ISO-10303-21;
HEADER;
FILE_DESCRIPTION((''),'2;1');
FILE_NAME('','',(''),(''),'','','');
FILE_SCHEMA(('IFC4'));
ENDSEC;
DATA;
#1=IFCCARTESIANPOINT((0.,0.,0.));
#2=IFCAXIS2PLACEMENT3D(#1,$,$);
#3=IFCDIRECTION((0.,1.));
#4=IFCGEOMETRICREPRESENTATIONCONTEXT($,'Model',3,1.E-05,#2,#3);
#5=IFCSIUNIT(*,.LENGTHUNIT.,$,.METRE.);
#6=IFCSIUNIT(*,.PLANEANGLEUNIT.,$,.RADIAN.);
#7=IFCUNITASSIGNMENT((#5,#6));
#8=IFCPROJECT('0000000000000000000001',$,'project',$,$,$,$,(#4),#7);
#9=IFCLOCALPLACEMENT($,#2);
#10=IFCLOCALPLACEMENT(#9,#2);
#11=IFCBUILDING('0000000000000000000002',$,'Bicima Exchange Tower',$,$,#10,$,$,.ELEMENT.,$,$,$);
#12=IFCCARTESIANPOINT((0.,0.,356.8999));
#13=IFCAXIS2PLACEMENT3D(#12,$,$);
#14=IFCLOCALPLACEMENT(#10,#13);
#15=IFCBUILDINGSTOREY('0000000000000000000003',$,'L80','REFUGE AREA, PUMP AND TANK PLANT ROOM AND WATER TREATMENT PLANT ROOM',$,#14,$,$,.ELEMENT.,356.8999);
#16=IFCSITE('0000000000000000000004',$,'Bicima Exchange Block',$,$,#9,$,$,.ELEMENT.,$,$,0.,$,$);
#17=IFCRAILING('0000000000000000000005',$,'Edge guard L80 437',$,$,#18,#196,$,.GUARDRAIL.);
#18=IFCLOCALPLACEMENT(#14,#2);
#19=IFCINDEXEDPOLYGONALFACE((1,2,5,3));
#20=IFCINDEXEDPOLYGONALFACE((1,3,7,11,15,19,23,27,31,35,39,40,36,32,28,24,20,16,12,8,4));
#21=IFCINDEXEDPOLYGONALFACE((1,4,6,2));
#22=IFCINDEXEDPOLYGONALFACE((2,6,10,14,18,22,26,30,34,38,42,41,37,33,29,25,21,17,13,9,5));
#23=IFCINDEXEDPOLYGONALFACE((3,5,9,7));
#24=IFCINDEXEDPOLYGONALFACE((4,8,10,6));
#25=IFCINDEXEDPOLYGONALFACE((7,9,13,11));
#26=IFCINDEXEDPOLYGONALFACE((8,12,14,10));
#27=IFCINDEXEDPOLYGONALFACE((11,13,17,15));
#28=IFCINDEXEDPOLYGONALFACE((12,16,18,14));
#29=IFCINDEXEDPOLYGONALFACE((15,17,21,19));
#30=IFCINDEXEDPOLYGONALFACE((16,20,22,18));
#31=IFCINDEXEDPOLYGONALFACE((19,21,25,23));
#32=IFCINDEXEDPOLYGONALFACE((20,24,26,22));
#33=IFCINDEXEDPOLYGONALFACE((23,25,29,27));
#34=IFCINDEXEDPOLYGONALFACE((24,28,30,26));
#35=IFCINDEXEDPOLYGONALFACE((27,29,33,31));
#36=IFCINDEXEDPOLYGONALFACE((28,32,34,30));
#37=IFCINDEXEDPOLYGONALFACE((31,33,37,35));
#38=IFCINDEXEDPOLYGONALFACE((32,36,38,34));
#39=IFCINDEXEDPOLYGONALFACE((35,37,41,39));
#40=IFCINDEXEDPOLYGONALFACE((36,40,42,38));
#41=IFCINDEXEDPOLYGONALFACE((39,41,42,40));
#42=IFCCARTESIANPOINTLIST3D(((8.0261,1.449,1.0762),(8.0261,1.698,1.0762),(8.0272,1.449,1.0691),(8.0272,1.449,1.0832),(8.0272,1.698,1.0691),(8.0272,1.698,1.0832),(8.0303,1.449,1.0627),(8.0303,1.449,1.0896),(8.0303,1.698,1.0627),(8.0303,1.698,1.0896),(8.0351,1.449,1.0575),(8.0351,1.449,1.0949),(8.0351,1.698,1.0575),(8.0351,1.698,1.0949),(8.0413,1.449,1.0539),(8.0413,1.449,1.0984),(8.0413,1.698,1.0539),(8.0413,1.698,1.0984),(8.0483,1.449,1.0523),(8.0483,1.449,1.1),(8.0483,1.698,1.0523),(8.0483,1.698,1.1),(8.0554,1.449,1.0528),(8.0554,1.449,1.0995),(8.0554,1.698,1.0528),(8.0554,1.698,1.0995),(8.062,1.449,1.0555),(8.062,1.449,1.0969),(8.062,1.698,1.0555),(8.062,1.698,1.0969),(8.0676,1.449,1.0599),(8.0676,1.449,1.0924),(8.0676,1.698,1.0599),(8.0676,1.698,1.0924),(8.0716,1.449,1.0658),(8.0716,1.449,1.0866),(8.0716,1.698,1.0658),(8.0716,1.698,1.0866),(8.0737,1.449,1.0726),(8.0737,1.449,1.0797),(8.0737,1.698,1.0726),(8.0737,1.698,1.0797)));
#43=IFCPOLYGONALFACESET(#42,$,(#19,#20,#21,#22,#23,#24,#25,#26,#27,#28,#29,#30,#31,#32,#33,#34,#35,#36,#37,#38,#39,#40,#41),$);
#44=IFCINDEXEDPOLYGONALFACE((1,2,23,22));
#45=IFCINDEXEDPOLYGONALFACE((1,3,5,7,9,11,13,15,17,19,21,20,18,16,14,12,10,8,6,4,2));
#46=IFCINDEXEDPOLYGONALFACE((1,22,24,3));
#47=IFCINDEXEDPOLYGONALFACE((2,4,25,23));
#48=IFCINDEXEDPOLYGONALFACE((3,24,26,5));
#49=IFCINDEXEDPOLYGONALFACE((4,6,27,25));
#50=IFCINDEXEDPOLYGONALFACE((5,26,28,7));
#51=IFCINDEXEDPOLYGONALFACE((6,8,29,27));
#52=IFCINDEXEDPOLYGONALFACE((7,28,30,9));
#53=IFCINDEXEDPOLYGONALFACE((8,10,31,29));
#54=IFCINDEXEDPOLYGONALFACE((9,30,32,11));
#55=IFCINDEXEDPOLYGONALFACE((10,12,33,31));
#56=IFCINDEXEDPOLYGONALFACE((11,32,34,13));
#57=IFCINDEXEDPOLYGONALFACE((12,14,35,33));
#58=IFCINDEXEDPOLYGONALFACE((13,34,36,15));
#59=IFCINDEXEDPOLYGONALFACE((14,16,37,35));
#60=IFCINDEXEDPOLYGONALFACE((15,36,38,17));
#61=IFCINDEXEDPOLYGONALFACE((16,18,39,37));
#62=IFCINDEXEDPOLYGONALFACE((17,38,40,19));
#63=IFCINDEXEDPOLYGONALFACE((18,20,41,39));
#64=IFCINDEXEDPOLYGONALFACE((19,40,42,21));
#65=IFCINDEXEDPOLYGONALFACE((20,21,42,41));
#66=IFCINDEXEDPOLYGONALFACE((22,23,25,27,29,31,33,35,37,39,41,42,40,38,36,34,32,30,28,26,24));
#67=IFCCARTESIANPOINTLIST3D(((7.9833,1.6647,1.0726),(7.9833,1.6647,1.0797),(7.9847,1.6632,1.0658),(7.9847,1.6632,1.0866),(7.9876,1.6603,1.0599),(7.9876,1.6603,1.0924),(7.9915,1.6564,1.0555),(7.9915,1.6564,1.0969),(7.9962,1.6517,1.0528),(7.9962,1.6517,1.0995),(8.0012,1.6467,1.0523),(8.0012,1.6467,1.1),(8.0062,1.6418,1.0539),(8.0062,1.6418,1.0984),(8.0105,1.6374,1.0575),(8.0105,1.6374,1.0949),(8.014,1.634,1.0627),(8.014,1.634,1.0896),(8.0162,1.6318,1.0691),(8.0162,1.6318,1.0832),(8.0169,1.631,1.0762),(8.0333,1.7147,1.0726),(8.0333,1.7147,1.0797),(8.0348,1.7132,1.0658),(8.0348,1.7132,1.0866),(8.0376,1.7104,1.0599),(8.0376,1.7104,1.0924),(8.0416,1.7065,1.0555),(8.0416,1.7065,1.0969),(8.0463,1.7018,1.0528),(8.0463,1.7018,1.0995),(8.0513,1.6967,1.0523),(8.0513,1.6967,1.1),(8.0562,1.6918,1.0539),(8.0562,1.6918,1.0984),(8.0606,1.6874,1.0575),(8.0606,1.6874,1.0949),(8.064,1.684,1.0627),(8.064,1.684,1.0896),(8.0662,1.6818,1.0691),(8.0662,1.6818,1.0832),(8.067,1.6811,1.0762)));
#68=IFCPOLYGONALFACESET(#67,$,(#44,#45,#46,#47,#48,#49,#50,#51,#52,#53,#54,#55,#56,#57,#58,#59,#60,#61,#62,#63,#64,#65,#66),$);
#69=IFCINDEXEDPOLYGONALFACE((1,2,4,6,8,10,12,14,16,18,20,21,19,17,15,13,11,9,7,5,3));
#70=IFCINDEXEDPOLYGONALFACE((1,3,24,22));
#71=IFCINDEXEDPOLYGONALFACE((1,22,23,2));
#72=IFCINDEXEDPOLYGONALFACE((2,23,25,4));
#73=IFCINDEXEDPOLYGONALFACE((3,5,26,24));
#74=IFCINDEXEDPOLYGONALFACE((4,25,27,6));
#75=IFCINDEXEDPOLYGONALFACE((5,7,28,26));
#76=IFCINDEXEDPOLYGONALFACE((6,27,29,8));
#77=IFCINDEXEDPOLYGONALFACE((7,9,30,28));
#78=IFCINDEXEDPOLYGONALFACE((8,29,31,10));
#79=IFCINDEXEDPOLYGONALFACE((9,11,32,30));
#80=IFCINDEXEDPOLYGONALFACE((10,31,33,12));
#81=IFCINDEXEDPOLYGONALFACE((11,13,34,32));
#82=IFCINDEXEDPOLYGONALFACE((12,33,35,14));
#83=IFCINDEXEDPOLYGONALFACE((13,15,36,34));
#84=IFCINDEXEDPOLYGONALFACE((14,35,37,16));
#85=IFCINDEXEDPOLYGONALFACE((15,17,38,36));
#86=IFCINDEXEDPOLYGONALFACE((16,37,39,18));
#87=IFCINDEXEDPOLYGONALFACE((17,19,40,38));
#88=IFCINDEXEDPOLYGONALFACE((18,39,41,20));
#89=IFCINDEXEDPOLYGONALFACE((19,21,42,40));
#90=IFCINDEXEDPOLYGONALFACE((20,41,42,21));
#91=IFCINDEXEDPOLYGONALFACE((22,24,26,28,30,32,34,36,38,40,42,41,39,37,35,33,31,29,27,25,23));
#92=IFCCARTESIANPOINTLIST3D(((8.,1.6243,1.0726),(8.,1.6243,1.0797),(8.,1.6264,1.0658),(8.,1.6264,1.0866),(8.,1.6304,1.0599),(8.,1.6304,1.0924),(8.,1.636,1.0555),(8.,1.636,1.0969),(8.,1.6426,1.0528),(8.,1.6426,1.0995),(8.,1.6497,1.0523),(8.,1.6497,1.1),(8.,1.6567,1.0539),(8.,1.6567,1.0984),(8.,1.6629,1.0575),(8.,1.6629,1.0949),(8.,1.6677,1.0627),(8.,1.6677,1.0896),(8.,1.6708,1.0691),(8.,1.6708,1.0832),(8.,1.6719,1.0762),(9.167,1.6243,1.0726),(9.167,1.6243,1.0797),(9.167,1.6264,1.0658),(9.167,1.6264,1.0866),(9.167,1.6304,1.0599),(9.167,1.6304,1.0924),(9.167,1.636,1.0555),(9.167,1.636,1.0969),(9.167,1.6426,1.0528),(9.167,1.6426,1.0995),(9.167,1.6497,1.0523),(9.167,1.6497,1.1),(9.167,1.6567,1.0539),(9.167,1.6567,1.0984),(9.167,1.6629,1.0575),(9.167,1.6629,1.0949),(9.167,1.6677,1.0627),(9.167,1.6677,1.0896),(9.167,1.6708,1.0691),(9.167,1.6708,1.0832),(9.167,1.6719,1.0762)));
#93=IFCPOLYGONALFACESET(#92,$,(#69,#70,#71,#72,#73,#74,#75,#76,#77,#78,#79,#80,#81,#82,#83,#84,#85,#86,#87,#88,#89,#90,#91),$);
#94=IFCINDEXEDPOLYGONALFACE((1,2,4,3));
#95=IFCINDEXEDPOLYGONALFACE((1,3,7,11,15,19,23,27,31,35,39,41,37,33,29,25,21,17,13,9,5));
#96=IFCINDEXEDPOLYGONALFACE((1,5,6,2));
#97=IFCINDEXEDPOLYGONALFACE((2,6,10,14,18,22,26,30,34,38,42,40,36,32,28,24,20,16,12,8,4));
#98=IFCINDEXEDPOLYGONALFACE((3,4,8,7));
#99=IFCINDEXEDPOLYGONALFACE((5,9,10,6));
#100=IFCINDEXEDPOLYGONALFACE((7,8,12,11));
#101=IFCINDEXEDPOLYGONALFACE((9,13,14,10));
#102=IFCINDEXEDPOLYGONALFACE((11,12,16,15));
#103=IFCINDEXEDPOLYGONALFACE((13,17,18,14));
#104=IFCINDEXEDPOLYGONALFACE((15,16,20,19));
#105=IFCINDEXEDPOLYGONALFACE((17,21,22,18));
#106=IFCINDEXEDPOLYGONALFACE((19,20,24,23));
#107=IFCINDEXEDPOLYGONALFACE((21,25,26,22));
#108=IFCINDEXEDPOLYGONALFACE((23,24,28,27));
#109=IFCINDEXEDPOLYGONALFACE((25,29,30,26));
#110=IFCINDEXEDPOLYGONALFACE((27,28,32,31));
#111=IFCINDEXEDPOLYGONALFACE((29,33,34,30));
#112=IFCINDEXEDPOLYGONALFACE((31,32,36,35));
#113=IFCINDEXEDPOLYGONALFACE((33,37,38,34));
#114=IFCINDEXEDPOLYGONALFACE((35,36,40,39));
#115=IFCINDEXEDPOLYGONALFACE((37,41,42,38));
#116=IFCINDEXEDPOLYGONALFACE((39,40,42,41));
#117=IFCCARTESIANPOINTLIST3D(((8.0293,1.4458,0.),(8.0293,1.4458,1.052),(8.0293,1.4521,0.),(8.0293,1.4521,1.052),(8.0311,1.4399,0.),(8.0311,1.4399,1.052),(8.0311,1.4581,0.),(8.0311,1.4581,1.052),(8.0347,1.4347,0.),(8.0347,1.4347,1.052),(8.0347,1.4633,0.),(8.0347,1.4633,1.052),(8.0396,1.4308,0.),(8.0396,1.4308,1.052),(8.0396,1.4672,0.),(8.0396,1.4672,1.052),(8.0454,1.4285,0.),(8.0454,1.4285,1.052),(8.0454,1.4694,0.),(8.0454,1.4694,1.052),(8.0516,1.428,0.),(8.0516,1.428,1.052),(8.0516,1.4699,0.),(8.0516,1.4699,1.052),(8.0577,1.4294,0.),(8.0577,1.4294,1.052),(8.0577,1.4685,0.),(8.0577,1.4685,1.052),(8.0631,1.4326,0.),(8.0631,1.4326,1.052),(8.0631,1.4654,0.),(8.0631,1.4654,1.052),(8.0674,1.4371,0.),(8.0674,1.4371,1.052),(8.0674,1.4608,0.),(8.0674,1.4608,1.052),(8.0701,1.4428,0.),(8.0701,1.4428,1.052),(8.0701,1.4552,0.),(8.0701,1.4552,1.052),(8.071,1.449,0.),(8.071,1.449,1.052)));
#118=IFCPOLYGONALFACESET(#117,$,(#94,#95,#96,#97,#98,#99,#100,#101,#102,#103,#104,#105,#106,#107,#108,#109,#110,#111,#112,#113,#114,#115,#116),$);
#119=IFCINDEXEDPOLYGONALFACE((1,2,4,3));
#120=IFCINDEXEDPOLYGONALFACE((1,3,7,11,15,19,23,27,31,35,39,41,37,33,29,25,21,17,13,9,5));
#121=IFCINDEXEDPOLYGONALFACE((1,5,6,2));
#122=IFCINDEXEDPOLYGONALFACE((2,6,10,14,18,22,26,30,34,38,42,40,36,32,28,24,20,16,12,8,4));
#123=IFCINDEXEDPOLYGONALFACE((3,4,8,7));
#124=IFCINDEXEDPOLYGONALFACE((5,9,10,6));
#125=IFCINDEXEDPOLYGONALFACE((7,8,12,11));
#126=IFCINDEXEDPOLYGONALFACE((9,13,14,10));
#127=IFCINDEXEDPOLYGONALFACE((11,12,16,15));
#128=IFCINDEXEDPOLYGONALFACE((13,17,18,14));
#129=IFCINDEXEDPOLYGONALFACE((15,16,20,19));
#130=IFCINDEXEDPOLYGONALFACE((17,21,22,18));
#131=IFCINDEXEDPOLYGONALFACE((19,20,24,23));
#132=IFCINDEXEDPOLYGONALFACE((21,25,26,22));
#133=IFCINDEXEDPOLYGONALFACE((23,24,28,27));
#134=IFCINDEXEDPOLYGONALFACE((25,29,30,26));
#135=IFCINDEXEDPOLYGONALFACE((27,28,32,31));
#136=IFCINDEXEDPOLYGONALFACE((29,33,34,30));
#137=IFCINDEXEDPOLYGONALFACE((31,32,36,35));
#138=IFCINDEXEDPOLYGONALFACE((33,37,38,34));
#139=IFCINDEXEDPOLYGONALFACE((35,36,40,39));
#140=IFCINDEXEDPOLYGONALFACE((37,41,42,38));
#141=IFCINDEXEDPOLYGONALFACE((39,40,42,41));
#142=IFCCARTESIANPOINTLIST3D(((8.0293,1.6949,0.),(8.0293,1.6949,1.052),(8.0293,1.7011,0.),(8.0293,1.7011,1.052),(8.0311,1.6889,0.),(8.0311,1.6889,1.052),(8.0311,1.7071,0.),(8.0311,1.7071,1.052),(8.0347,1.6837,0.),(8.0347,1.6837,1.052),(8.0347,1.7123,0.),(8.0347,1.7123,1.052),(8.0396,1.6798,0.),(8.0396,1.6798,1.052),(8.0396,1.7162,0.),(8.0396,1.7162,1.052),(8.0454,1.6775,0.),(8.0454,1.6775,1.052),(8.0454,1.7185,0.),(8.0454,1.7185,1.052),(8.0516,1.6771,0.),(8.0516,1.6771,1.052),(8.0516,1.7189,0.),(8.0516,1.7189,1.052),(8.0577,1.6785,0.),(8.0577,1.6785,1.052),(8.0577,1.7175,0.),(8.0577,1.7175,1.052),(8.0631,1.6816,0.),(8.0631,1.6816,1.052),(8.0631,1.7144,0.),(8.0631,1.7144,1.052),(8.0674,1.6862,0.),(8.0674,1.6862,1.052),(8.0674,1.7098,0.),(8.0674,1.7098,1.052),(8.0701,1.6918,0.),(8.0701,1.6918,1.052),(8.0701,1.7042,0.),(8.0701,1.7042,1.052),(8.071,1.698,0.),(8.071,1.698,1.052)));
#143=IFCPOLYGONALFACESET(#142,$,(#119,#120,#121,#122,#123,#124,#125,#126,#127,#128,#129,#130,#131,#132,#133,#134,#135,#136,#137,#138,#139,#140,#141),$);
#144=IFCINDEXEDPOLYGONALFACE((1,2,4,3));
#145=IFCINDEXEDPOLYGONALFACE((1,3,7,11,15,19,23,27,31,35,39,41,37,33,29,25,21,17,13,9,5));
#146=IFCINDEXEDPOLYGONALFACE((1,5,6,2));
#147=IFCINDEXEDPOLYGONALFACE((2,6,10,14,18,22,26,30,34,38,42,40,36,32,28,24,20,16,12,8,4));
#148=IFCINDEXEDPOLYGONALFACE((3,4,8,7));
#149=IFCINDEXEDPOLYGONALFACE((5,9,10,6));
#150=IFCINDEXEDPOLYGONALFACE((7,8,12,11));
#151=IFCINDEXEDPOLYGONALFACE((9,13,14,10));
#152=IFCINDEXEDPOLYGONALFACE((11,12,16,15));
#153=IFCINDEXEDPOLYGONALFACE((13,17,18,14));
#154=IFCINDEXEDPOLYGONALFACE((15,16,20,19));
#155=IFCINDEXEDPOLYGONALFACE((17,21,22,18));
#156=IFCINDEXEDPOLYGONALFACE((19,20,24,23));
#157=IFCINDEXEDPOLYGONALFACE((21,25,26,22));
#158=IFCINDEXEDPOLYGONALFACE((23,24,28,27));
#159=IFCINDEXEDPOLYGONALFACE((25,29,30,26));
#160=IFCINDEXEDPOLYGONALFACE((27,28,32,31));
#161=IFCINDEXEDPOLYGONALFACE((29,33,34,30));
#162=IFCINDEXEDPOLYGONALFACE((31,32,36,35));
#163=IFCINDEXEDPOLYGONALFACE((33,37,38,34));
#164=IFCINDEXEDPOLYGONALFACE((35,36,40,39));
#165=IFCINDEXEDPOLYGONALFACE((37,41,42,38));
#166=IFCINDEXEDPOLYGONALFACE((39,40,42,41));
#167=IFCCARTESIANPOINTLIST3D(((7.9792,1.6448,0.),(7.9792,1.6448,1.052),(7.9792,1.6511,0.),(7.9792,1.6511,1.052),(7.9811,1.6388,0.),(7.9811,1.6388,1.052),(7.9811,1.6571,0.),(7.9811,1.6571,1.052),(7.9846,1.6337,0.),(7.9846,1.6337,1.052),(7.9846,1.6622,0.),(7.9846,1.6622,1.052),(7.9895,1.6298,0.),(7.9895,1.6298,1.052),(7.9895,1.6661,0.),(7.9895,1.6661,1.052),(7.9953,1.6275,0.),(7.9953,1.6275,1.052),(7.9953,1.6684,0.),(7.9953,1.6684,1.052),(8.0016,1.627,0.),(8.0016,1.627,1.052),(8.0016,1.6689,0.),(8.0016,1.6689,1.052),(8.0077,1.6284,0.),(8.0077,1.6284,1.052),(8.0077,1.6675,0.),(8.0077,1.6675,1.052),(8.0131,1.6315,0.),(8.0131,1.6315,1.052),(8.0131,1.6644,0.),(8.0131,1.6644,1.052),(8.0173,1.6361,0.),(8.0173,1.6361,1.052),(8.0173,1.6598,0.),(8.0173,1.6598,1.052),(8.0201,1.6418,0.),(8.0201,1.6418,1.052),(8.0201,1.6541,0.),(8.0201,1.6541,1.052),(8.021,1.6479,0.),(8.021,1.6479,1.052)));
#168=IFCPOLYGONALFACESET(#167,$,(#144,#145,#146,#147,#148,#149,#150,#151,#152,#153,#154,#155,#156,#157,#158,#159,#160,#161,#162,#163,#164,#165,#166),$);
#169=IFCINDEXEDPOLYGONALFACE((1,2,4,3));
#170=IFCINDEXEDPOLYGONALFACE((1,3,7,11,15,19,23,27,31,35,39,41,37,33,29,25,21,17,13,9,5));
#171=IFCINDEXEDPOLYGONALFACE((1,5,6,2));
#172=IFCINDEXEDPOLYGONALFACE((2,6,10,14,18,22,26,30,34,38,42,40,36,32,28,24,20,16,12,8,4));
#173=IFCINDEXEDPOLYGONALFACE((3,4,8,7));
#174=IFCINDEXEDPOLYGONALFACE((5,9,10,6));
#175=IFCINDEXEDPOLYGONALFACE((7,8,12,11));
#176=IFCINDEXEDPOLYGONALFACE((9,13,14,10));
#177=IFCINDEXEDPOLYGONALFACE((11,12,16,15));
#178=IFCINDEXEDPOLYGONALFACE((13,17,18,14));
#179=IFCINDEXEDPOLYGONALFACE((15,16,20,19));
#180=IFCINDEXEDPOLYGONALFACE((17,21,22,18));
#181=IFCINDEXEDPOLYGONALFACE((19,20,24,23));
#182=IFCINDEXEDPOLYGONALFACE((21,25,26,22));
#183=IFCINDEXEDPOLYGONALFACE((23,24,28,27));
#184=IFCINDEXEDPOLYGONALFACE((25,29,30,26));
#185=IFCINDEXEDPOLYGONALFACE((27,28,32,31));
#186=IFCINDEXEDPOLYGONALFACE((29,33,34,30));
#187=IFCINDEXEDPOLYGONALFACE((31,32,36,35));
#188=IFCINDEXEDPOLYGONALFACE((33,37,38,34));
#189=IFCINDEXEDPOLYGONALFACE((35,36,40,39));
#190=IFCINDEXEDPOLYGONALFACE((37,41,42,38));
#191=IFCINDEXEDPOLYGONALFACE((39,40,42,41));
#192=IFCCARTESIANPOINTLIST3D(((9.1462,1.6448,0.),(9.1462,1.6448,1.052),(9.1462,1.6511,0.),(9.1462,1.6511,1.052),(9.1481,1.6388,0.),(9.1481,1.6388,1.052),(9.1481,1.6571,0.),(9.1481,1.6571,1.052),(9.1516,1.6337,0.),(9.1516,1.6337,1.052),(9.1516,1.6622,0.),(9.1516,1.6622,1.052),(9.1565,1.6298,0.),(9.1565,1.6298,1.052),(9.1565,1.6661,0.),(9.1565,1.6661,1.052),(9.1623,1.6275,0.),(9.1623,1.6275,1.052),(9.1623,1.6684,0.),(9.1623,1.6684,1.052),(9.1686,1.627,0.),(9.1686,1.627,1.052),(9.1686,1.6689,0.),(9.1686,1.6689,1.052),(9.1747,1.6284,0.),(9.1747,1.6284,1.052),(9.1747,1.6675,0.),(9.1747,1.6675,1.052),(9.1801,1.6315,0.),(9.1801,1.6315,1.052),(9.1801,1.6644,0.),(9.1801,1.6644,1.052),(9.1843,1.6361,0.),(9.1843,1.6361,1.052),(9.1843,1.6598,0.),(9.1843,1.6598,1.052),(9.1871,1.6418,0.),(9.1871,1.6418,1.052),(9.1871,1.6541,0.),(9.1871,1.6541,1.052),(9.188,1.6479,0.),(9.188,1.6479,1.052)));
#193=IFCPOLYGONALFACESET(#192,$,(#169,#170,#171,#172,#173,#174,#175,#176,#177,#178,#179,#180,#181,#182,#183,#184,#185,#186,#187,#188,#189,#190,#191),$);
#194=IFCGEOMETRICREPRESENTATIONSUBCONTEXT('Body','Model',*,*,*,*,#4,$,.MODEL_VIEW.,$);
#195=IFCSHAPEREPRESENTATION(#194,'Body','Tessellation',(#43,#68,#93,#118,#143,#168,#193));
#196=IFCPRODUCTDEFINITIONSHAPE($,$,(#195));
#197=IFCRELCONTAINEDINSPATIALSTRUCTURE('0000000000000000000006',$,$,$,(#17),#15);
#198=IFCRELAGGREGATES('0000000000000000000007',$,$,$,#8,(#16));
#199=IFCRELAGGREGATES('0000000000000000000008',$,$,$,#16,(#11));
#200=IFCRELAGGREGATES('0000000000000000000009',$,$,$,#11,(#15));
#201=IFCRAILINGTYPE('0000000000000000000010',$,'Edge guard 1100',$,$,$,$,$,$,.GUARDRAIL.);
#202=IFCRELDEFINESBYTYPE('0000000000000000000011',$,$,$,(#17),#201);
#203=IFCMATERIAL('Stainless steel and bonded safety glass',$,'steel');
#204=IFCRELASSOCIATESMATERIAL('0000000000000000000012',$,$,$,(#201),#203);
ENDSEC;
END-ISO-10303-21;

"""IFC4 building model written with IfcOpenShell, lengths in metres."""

from ifc_helpers import new_model, si_unit, direction, frame, origin, origin_2d, place, context, subcontext, project, spatial, circle, extrude, material, type_object, element, save


model = new_model("IFC4")

# Units and contexts
model_context = context("Model", 3, precision=1e-05, world=origin(), true_north=direction((0.0, 1.0)))
body_context = subcontext(model_context, "Body", "Model", "MODEL_VIEW")
ifc_project = project(units=[si_unit("LENGTHUNIT", "METRE"), si_unit("PLANEANGLEUNIT", "RADIAN")], contexts=[model_context])

# Site, building, storey
site_placement = place(None, origin())
site = spatial("IfcSite", under=ifc_project, at=site_placement, Name="Bicima Exchange Block", CompositionType="ELEMENT", RefElevation=0.0)
building_placement = place(site_placement, origin())
building = spatial("IfcBuilding", under=site, at=building_placement, Name="Bicima Exchange Tower", CompositionType="ELEMENT")
storey_placement = place(building_placement, frame((0.0, 0.0, 356.8999)))
storey = spatial("IfcBuildingStorey", under=building, at=storey_placement, Name="L80", Description="REFUGE AREA, PUMP AND TANK PLANT ROOM AND WATER TREATMENT PLANT ROOM", CompositionType="ELEMENT", Elevation=356.8999)

# Railing
ifc_material_1 = material(Name="Stainless steel and bonded safety glass", Category="steel")
railing_type = type_object("IfcRailingType", Name="Edge guard 1100", PredefinedType="GUARDRAIL", material=ifc_material_1)
railing_placement = place(storey_placement, frame((8.05, 1.449, 0.0)))
element("IfcRailing", 1, at=railing_placement, inside=storey, type_object=railing_type, Name="Edge guard L80 437", PredefinedType="GUARDRAIL", context=body_context, shape_type="SweptSolid", body=[
    extrude(circle(Radius=0.0239, at=origin_2d()), frame((0.0, 0.0, 1.0762), z_axis=(0.0, 1.0, 0.0), x_axis=(-1.0, 0.0, 0.0)), (0.0, 0.0, 1.0), 0.249),
    extrude(circle(Radius=0.0239, at=origin_2d()), frame((0.0, 0.249, 1.0762), z_axis=(-0.707107, -0.707107, 0.0), x_axis=(0.707107, -0.707107, 0.0)), (0.0, 0.0, 1.0), 0.0708),
    extrude(circle(Radius=0.0239, at=origin_2d()), frame((-0.05, 0.199, 1.0762), z_axis=(1.0, 0.0, 0.0), x_axis=(0.0, 1.0, 0.0)), (0.0, 0.0, 1.0), 1.167),
    extrude(circle(Radius=0.021, at=origin_2d()), origin(), (0.0, 0.0, 1.0), 1.052),
    extrude(circle(Radius=0.021, at=origin_2d()), frame((0.0, 0.249, 0.0)), (0.0, 0.0, 1.0), 1.052),
    extrude(circle(Radius=0.021, at=origin_2d()), frame((-0.05, 0.199, 0.0)), (0.0, 0.0, 1.0), 1.052),
    extrude(circle(Radius=0.021, at=origin_2d()), frame((1.1169, 0.199, 0.0)), (0.0, 0.0, 1.0), 1.052),
])

save(model, "model.ifc")
